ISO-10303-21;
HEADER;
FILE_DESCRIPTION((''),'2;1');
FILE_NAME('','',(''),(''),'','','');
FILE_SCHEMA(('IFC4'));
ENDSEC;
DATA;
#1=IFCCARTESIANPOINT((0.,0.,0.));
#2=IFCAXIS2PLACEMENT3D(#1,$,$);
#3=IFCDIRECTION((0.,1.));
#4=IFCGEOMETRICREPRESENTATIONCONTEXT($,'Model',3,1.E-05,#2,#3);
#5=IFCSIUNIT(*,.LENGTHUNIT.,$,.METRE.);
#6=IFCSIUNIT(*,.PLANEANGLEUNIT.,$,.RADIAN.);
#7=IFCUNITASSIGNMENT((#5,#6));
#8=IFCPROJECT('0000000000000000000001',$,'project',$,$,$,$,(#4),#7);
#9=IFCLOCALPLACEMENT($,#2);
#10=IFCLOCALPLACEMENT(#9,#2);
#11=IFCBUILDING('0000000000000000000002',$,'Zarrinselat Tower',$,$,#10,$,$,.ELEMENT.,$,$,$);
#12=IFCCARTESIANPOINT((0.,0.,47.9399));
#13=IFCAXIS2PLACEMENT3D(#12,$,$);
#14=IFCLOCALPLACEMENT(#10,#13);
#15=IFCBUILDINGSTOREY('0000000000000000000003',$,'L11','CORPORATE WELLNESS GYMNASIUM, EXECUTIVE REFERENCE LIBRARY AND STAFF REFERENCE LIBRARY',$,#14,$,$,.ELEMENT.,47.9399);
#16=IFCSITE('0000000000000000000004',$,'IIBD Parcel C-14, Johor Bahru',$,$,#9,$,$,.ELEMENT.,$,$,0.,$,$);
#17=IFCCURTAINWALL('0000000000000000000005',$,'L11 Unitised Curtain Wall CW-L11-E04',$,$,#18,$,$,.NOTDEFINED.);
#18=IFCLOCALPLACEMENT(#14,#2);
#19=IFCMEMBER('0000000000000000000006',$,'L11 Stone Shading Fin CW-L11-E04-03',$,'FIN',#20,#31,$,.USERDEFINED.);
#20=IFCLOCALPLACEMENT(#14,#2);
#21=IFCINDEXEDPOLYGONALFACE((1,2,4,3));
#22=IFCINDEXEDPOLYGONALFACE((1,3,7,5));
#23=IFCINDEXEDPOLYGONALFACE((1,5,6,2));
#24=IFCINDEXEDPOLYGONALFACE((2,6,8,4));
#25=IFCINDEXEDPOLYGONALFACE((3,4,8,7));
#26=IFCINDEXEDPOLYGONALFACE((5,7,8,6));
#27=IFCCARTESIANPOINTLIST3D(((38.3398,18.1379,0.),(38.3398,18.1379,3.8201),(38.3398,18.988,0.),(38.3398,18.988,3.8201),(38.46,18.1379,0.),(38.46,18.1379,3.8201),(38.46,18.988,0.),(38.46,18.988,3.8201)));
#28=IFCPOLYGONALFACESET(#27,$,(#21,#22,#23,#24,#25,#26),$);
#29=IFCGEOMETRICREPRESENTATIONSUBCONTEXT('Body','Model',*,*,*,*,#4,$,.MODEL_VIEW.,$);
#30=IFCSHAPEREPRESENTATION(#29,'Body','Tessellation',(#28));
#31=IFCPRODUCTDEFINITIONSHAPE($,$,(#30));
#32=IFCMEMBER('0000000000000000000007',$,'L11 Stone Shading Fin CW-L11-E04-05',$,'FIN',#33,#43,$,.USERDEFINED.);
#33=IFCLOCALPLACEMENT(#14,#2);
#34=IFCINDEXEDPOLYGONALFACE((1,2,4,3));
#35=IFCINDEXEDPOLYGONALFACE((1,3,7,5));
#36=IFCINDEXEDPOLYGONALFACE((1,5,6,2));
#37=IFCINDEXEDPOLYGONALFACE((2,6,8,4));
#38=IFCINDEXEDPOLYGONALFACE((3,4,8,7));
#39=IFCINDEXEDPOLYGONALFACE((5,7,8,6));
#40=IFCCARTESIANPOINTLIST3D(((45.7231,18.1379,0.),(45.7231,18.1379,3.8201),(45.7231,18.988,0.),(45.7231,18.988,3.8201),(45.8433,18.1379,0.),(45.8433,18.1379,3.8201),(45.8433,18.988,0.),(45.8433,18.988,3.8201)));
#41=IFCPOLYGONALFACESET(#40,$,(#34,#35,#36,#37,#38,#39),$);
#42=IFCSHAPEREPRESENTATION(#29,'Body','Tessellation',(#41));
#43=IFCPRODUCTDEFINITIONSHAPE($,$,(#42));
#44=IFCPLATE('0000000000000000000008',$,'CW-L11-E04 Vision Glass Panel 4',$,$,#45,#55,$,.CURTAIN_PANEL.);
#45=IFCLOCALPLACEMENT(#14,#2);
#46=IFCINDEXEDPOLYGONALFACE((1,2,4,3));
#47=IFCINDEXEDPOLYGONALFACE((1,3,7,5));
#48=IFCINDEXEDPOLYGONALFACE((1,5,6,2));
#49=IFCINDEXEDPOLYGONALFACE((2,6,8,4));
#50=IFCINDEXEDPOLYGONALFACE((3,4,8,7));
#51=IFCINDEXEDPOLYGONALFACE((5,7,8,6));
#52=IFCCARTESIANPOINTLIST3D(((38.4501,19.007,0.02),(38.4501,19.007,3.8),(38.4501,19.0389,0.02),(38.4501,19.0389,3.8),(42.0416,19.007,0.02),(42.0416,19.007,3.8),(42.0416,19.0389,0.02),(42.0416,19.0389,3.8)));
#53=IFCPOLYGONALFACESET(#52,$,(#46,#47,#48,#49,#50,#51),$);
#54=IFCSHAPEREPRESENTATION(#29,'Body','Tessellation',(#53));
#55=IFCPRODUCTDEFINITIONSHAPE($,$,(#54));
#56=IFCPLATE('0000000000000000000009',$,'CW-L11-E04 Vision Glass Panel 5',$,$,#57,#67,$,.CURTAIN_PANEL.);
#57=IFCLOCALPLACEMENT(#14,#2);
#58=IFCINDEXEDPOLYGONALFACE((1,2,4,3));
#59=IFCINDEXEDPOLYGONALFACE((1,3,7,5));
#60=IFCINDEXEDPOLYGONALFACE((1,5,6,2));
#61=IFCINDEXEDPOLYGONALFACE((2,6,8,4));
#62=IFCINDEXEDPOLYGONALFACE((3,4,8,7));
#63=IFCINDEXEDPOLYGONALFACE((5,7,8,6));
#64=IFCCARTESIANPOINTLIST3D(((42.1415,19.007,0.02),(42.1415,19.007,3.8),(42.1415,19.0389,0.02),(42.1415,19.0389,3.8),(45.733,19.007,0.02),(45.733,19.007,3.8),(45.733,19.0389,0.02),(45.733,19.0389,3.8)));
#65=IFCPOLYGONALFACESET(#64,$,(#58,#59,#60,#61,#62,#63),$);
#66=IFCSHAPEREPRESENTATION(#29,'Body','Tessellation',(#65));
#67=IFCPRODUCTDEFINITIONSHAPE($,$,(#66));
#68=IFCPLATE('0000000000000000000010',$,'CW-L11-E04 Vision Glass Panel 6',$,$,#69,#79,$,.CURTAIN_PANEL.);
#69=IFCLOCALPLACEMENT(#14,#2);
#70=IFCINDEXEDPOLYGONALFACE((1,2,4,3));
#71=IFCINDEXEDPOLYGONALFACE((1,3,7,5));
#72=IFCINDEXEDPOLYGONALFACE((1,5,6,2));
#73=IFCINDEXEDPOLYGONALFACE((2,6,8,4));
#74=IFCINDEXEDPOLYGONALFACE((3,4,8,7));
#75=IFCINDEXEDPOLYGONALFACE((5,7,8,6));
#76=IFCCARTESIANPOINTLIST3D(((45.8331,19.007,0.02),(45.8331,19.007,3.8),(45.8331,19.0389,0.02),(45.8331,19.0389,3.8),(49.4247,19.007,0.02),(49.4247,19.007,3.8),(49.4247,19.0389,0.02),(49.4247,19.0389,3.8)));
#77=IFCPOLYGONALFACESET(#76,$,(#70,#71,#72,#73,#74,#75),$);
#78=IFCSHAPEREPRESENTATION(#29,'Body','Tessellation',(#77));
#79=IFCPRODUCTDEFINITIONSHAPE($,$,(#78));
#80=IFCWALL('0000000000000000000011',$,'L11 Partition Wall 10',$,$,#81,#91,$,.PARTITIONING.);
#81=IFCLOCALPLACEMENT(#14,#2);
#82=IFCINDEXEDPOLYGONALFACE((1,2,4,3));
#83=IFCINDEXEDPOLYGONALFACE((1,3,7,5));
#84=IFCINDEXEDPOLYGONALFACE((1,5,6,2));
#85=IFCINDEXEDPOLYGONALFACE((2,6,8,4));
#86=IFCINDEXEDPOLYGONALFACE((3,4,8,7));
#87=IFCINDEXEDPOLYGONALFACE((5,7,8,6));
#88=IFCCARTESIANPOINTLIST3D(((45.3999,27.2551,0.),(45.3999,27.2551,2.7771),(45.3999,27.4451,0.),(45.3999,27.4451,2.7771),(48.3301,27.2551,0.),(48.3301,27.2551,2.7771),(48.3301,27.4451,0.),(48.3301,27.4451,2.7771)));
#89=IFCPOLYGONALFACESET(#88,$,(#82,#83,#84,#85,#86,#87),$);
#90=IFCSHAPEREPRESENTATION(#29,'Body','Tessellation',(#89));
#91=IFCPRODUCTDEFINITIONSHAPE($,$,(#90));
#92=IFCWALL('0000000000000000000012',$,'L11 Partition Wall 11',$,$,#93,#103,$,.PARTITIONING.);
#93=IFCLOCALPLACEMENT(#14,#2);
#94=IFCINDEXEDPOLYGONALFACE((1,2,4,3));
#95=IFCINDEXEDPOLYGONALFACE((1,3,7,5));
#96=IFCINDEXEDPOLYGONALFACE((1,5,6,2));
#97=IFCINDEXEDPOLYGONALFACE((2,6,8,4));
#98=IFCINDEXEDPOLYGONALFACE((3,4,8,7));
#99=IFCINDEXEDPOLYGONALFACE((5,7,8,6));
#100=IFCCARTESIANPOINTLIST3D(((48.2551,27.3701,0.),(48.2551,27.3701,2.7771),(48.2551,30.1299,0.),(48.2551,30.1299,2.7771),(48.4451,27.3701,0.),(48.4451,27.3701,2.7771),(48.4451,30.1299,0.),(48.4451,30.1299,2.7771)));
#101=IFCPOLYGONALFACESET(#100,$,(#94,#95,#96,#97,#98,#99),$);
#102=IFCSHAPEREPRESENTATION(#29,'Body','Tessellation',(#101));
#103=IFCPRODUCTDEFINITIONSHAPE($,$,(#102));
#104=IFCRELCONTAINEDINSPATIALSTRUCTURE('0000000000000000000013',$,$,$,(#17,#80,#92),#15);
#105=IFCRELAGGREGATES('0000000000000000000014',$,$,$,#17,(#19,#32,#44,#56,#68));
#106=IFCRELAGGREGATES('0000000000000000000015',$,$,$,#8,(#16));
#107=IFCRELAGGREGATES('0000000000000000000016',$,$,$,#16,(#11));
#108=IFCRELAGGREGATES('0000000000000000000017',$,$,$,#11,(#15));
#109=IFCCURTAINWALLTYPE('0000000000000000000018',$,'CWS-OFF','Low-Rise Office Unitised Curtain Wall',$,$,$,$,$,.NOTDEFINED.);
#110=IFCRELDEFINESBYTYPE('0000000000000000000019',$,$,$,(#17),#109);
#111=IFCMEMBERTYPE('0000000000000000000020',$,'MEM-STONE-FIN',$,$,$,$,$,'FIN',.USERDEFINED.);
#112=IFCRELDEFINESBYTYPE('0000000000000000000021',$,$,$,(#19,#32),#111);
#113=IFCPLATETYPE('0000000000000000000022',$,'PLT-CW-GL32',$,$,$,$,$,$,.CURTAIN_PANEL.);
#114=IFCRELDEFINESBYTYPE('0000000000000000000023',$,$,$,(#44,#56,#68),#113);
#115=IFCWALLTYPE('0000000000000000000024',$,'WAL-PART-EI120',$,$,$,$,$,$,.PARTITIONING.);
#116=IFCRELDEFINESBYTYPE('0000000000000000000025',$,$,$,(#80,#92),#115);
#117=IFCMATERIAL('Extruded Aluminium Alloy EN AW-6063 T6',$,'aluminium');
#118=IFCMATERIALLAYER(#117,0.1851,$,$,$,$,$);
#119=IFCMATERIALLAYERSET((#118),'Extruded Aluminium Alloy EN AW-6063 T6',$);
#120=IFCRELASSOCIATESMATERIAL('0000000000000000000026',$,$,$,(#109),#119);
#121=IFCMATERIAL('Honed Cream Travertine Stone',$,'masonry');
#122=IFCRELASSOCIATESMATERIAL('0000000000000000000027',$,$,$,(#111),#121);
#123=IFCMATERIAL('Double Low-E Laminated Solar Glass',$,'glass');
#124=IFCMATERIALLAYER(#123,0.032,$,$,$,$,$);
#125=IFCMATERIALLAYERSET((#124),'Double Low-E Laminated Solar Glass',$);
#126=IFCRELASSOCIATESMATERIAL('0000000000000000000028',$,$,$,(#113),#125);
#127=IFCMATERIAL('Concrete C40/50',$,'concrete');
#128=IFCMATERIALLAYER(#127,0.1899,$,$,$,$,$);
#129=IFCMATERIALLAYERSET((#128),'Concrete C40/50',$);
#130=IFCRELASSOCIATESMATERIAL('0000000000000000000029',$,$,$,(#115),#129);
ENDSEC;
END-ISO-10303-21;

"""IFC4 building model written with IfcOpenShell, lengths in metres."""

from ifc_helpers import new_model, si_unit, direction, frame, frame_2d, origin, origin_2d, place, context, subcontext, project, spatial, rectangle, extrude, material, layer, layer_set, material_profile, profile_set, type_object, element, aggregate, save


model = new_model("IFC4")

# Units and contexts
model_context = context("Model", 3, precision=1e-05, world=origin(), true_north=direction((0.0, 1.0)))
body_context = subcontext(model_context, "Body", "Model", "MODEL_VIEW")
ifc_project = project(units=[si_unit("LENGTHUNIT", "METRE"), si_unit("PLANEANGLEUNIT", "RADIAN")], contexts=[model_context])

# Site, building, storey
site_placement = place(None, origin())
site = spatial("IfcSite", under=ifc_project, at=site_placement, Name="IIBD Parcel C-14, Johor Bahru", CompositionType="ELEMENT", RefElevation=0.0)
building_placement = place(site_placement, origin())
building = spatial("IfcBuilding", under=site, at=building_placement, Name="Zarrinselat Tower", CompositionType="ELEMENT")
storey_placement = place(building_placement, frame((0.0, 0.0, 47.9399)))
storey = spatial("IfcBuildingStorey", under=building, at=storey_placement, Name="L11", Description="CORPORATE WELLNESS GYMNASIUM, EXECUTIVE REFERENCE LIBRARY AND STAFF REFERENCE LIBRARY", CompositionType="ELEMENT", Elevation=47.9399)

# Curtain wall, members, plates
ifc_material_1 = material(Name="Extruded Aluminium Alloy EN AW-6063 T6", Category="aluminium")
ifc_layer_1 = layer(ifc_material_1, 0.1851)
ifc_layer_set_1 = layer_set([ifc_layer_1], Name="Extruded Aluminium Alloy EN AW-6063 T6")
curtain_wall_type = type_object("IfcCurtainWallType", Name="CWS-OFF", Description="Low-Rise Office Unitised Curtain Wall", PredefinedType="NOTDEFINED", material=ifc_layer_set_1)
curtain_wall_placement = place(storey_placement, origin())
curtain_wall = element("IfcCurtainWall", 1, at=curtain_wall_placement, inside=storey, type_object=curtain_wall_type, Name="L11 Unitised Curtain Wall CW-L11-E04", PredefinedType="NOTDEFINED")
ifc_material_2 = material(Name="Honed Cream Travertine Stone", Category="masonry")
ifc_material_profile_1 = material_profile(ifc_material_2, rectangle(XDim=0.1201, YDim=0.8501, at=origin_2d()), Name="FIN 850x120")
ifc_profile_set_1 = profile_set([ifc_material_profile_1], Name="Honed Cream Travertine Stone")
member_type_1 = type_object("IfcMemberType", Name="MEM-STONE-FIN", ElementType="FIN", PredefinedType="USERDEFINED", material=ifc_profile_set_1)
member_1_placement = place(storey_placement, frame((38.3999, 18.563, 0.0), z_axis=(0.0, 0.0, 1.0), x_axis=(-1.0, 0.0, 0.0)))
member_1 = element("IfcMember", 2, at=member_1_placement, type_object=member_type_1, Name="L11 Stone Shading Fin CW-L11-E04-03", ObjectType="FIN", PredefinedType="USERDEFINED", context=body_context, shape_type="SweptSolid", body=[
    extrude(rectangle(XDim=0.1201, YDim=0.8501, at=origin_2d()), origin(), (0.0, 0.0, 1.0), 3.8201),
])
member_2_placement = place(storey_placement, frame((45.7832, 18.563, 0.0), z_axis=(0.0, 0.0, 1.0), x_axis=(-1.0, 0.0, 0.0)))
member_2 = element("IfcMember", 3, at=member_2_placement, type_object=member_type_1, Name="L11 Stone Shading Fin CW-L11-E04-05", ObjectType="FIN", PredefinedType="USERDEFINED", context=body_context, shape_type="SweptSolid", body=[
    extrude(rectangle(XDim=0.1201, YDim=0.8501, at=origin_2d()), origin(), (0.0, 0.0, 1.0), 3.8201),
])
ifc_material_3 = material(Name="Double Low-E Laminated Solar Glass", Category="glass")
ifc_layer_2 = layer(ifc_material_3, 0.032)
ifc_layer_set_2 = layer_set([ifc_layer_2], Name="Double Low-E Laminated Solar Glass")
plate_type = type_object("IfcPlateType", Name="PLT-CW-GL32", PredefinedType="CURTAIN_PANEL", material=ifc_layer_set_2)
plate_1_placement = place(storey_placement, frame((40.2458, 19.0229, 0.02), z_axis=(0.0, 0.0, 1.0), x_axis=(1.0, 0.0, 0.0)))
plate_1 = element("IfcPlate", 4, at=plate_1_placement, type_object=plate_type, Name="CW-L11-E04 Vision Glass Panel 4", PredefinedType="CURTAIN_PANEL", context=body_context, shape_type="SweptSolid", body=[
    extrude(rectangle(XDim=3.5916, YDim=0.032, at=origin_2d()), origin(), (0.0, 0.0, 1.0), 3.78),
])
plate_2_placement = place(storey_placement, frame((43.9373, 19.0229, 0.02), z_axis=(0.0, 0.0, 1.0), x_axis=(1.0, 0.0, 0.0)))
plate_2 = element("IfcPlate", 5, at=plate_2_placement, type_object=plate_type, Name="CW-L11-E04 Vision Glass Panel 5", PredefinedType="CURTAIN_PANEL", context=body_context, shape_type="SweptSolid", body=[
    extrude(rectangle(XDim=3.5916, YDim=0.032, at=origin_2d()), origin(), (0.0, 0.0, 1.0), 3.78),
])
plate_3_placement = place(storey_placement, frame((47.6289, 19.0229, 0.02), z_axis=(0.0, 0.0, 1.0), x_axis=(1.0, 0.0, 0.0)))
plate_3 = element("IfcPlate", 6, at=plate_3_placement, type_object=plate_type, Name="CW-L11-E04 Vision Glass Panel 6", PredefinedType="CURTAIN_PANEL", context=body_context, shape_type="SweptSolid", body=[
    extrude(rectangle(XDim=3.5916, YDim=0.032, at=origin_2d()), origin(), (0.0, 0.0, 1.0), 3.78),
])
aggregate(curtain_wall, [member_1, member_2, plate_1, plate_2, plate_3])

# Walls
ifc_material_4 = material(Name="Concrete C40/50", Category="concrete")
ifc_layer_3 = layer(ifc_material_4, 0.1899)
ifc_layer_set_3 = layer_set([ifc_layer_3], Name="Concrete C40/50")
wall_type = type_object("IfcWallType", Name="WAL-PART-EI120", PredefinedType="PARTITIONING", material=ifc_layer_set_3)
wall_1_placement = place(storey_placement, frame((45.3999, 27.3501, 0.0), z_axis=(0.0, 0.0, 1.0), x_axis=(1.0, 0.0, 0.0)))
element("IfcWall", 7, at=wall_1_placement, inside=storey, type_object=wall_type, Name="L11 Partition Wall 10", PredefinedType="PARTITIONING", context=body_context, shape_type="SweptSolid", body=[
    extrude(rectangle(XDim=2.9302, YDim=0.1899, at=frame_2d((1.4651, 0.0))), origin(), (0.0, 0.0, 1.0), 2.7771),
])
wall_2_placement = place(storey_placement, frame((48.3501, 27.3701, 0.0), z_axis=(0.0, 0.0, 1.0), x_axis=(0.0, 1.0, 0.0)))
element("IfcWall", 8, at=wall_2_placement, inside=storey, type_object=wall_type, Name="L11 Partition Wall 11", PredefinedType="PARTITIONING", context=body_context, shape_type="SweptSolid", body=[
    extrude(rectangle(XDim=2.7598, YDim=0.1899, at=frame_2d((1.3799, 0.0))), origin(), (0.0, 0.0, 1.0), 2.7771),
])

save(model, "model.ifc")
